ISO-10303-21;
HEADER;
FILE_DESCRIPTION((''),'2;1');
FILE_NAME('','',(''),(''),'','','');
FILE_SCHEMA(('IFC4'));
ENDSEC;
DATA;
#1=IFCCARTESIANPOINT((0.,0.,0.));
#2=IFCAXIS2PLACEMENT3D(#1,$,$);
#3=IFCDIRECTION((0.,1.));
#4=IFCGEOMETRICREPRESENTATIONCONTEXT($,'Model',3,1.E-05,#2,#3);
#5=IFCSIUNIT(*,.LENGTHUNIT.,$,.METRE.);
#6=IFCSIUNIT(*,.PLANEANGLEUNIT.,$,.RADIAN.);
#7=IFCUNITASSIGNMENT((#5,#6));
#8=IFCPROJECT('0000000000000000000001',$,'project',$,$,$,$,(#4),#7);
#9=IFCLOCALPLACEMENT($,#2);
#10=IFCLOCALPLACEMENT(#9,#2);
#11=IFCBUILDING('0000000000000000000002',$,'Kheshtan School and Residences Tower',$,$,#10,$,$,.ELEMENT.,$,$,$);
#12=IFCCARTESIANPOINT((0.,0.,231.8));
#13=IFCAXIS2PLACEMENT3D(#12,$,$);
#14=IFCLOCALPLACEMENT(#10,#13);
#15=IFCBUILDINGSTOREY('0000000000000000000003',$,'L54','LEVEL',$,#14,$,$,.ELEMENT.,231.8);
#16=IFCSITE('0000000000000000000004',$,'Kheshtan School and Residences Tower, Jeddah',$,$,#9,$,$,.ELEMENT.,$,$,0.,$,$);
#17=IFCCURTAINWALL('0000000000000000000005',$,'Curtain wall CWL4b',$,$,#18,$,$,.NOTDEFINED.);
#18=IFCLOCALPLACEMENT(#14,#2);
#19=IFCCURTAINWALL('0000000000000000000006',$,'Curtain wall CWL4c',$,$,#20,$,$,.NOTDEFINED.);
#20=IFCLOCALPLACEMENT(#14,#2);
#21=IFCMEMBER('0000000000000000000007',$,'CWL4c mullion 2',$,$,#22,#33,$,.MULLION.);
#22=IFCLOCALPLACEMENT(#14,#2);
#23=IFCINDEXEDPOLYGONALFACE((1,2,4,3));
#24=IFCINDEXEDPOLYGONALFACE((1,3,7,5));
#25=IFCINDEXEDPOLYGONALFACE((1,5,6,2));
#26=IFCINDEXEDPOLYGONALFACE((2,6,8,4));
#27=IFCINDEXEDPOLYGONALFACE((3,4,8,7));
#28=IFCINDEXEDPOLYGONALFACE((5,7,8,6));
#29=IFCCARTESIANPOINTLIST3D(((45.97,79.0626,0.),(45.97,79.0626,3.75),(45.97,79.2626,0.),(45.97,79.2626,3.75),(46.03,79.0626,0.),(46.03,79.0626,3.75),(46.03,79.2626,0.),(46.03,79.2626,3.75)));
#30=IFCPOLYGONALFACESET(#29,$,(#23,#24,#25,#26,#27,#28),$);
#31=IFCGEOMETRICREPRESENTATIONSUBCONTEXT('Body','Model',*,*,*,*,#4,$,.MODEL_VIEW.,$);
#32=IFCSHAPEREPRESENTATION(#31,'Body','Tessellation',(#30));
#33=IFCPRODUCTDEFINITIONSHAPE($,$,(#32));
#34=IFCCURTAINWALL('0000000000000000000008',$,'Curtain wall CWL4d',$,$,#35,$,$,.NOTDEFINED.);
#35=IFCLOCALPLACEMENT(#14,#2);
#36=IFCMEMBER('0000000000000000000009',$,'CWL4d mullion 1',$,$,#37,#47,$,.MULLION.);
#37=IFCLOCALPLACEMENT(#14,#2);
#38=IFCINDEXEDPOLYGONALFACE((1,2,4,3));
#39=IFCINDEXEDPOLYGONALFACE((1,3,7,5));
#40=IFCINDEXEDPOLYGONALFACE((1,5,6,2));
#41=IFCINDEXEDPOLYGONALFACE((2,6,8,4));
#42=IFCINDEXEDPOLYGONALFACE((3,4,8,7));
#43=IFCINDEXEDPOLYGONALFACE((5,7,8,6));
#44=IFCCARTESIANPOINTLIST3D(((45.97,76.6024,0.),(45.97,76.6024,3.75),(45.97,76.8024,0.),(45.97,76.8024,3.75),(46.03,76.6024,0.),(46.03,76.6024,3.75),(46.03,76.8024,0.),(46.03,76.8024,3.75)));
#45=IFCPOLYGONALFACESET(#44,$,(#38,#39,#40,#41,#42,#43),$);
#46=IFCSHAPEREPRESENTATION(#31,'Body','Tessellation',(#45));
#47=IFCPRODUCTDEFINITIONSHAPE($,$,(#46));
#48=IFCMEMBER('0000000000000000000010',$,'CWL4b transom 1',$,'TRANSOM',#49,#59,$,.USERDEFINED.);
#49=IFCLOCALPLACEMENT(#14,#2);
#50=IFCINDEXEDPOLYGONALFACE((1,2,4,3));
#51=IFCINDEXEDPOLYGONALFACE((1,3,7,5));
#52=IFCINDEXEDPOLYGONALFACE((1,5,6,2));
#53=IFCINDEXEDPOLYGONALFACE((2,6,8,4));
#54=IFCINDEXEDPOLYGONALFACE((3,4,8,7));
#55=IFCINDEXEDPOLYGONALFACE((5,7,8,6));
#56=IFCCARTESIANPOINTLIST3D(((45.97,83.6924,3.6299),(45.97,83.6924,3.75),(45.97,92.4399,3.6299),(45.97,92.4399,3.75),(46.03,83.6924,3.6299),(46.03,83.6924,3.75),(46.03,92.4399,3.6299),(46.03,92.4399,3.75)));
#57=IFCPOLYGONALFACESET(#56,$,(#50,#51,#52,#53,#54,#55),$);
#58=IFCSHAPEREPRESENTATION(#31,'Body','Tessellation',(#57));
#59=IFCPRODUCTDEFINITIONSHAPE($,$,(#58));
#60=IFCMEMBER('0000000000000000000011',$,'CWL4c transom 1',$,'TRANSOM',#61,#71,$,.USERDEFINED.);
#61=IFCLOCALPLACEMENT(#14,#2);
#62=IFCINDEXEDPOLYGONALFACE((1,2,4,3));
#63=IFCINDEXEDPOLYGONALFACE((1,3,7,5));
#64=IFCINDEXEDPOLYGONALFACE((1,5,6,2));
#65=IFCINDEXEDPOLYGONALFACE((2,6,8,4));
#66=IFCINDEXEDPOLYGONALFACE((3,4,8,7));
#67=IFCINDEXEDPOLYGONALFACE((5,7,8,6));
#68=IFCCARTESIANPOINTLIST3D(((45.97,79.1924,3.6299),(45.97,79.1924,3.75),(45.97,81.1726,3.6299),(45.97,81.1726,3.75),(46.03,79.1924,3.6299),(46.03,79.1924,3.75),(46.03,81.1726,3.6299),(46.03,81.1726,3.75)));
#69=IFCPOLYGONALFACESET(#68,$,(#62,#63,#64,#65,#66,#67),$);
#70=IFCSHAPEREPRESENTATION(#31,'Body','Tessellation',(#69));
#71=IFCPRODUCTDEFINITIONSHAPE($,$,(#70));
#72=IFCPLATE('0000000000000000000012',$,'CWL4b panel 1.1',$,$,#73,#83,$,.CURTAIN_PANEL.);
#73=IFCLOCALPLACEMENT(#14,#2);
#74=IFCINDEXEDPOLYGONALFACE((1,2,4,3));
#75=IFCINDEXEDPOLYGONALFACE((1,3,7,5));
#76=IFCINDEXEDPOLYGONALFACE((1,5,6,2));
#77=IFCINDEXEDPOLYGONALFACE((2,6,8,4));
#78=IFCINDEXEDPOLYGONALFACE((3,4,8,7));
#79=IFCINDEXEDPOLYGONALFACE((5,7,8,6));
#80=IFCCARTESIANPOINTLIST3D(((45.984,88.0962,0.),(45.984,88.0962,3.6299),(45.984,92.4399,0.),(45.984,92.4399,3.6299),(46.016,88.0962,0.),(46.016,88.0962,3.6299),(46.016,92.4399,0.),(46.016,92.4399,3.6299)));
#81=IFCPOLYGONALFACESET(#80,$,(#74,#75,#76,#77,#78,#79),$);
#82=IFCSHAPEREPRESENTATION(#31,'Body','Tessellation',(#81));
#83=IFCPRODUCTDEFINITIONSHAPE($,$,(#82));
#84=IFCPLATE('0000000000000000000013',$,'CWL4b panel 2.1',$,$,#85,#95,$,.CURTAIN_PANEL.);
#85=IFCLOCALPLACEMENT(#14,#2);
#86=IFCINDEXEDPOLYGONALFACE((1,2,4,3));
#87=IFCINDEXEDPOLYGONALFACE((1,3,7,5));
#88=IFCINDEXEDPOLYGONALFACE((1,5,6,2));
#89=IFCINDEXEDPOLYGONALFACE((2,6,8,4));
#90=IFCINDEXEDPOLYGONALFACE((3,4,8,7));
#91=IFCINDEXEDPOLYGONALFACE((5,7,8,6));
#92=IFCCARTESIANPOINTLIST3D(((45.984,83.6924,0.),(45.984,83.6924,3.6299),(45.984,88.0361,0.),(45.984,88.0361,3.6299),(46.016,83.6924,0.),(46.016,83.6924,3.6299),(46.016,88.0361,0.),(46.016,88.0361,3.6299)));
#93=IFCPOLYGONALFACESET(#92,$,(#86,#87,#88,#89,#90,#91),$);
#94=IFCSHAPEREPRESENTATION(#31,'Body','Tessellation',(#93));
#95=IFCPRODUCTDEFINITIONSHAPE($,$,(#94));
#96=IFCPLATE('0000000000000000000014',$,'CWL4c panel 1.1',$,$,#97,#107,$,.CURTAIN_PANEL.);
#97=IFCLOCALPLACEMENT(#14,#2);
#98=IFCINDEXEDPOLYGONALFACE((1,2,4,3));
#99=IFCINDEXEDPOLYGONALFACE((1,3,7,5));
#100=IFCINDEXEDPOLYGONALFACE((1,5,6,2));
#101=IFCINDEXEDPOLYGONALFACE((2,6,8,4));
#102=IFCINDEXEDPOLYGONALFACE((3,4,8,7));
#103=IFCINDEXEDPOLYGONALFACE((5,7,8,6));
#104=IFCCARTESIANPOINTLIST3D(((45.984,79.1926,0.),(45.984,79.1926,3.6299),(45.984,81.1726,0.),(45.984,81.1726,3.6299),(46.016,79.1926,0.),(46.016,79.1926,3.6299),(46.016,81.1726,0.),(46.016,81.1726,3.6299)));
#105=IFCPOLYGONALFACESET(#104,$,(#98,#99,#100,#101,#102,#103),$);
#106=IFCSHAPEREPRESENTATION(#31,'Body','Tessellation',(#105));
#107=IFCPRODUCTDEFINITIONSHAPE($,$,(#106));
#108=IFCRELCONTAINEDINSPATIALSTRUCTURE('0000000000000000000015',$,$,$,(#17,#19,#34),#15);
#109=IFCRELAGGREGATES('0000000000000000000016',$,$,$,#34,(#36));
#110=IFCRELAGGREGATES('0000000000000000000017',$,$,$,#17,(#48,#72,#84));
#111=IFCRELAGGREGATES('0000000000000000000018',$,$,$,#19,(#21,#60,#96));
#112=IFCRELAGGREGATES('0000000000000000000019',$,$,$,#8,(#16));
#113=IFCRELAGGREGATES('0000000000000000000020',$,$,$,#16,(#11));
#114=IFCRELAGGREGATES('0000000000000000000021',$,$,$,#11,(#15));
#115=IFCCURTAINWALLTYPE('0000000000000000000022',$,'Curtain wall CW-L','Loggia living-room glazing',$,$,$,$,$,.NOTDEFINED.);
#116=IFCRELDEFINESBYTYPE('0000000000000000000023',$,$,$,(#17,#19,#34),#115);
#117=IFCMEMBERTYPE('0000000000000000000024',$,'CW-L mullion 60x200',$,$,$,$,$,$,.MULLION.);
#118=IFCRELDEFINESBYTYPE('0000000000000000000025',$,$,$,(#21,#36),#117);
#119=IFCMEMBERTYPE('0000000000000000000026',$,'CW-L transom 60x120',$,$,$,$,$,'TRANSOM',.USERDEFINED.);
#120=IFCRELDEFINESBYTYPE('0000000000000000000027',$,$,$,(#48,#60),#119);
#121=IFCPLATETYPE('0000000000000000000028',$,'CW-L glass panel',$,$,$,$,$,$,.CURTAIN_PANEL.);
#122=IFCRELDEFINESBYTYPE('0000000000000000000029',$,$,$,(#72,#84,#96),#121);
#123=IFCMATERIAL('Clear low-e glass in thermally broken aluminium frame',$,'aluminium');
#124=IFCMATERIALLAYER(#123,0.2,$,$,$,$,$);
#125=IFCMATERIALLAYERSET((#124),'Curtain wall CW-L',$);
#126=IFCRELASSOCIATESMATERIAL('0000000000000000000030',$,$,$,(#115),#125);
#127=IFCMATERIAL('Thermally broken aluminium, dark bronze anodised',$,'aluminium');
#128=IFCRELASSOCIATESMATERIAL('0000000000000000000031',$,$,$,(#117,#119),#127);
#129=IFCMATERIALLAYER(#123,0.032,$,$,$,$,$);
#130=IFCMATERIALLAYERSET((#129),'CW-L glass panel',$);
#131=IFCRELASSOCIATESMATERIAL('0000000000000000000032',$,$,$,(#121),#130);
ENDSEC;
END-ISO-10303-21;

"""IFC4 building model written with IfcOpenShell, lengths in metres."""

from ifc_helpers import new_model, si_unit, direction, frame, origin, origin_2d, place, context, subcontext, project, spatial, rectangle, extrude, material, layer, layer_set, material_profile, profile_set, type_object, element, aggregate, save


model = new_model("IFC4")

# Units and contexts
model_context = context("Model", 3, precision=1e-05, world=origin(), true_north=direction((0.0, 1.0)))
body_context = subcontext(model_context, "Body", "Model", "MODEL_VIEW")
ifc_project = project(units=[si_unit("LENGTHUNIT", "METRE"), si_unit("PLANEANGLEUNIT", "RADIAN")], contexts=[model_context])

# Site, building, storey
site_placement = place(None, origin())
site = spatial("IfcSite", under=ifc_project, at=site_placement, Name="Kheshtan School and Residences Tower, Jeddah", CompositionType="ELEMENT", RefElevation=0.0)
building_placement = place(site_placement, origin())
building = spatial("IfcBuilding", under=site, at=building_placement, Name="Kheshtan School and Residences Tower", CompositionType="ELEMENT")
storey_placement = place(building_placement, frame((0.0, 0.0, 231.8)))
storey = spatial("IfcBuildingStorey", under=building, at=storey_placement, Name="L54", Description="LEVEL", CompositionType="ELEMENT", Elevation=231.8)

# Curtain walls, member
ifc_material_1 = material(Name="Clear low-e glass in thermally broken aluminium frame", Category="aluminium")
ifc_layer_1 = layer(ifc_material_1, 0.2)
ifc_layer_set_1 = layer_set([ifc_layer_1], Name="Curtain wall CW-L")
curtain_wall_type = type_object("IfcCurtainWallType", Name="Curtain wall CW-L", Description="Loggia living-room glazing", PredefinedType="NOTDEFINED", material=ifc_layer_set_1)
curtain_wall_1_placement = place(storey_placement, origin())
curtain_wall_1 = element("IfcCurtainWall", 1, at=curtain_wall_1_placement, inside=storey, type_object=curtain_wall_type, Name="Curtain wall CWL4b", PredefinedType="NOTDEFINED")
ifc_material_2 = material(Name="Thermally broken aluminium, dark bronze anodised", Category="aluminium")
ifc_material_profile_1 = material_profile(ifc_material_2, rectangle(XDim=0.0601, YDim=0.2, at=origin_2d()), Name="CW-L mullion 60x200")
ifc_profile_set_1 = profile_set([ifc_material_profile_1], Name="Thermally broken aluminium, dark bronze anodised")
member_type_1 = type_object("IfcMemberType", Name="CW-L mullion 60x200", PredefinedType="MULLION", material=ifc_profile_set_1)
curtain_wall_2_placement = place(storey_placement, origin())
curtain_wall_2 = element("IfcCurtainWall", 2, at=curtain_wall_2_placement, inside=storey, type_object=curtain_wall_type, Name="Curtain wall CWL4c", PredefinedType="NOTDEFINED")
member_1_placement = place(storey_placement, frame((46.0, 79.1626, 0.0), z_axis=(0.0, 0.0, 1.0), x_axis=(1.0, 0.0, 0.0)))
member_1 = element("IfcMember", 3, at=member_1_placement, type_object=member_type_1, Name="CWL4c mullion 2", PredefinedType="MULLION", context=body_context, shape_type="SweptSolid", body=[
    extrude(rectangle(XDim=0.0601, YDim=0.2, at=origin_2d()), origin(), (0.0, 0.0, 1.0), 3.75),
])

# Curtain wall, member
curtain_wall_3_placement = place(storey_placement, origin())
curtain_wall_3 = element("IfcCurtainWall", 4, at=curtain_wall_3_placement, inside=storey, type_object=curtain_wall_type, Name="Curtain wall CWL4d", PredefinedType="NOTDEFINED")
member_2_placement = place(storey_placement, frame((46.0, 76.7024, 0.0), z_axis=(0.0, 0.0, 1.0), x_axis=(1.0, 0.0, 0.0)))
member_2 = element("IfcMember", 5, at=member_2_placement, type_object=member_type_1, Name="CWL4d mullion 1", PredefinedType="MULLION", context=body_context, shape_type="SweptSolid", body=[
    extrude(rectangle(XDim=0.0601, YDim=0.2, at=origin_2d()), origin(), (0.0, 0.0, 1.0), 3.75),
])
aggregate(curtain_wall_3, [member_2])

# Members
ifc_material_profile_2 = material_profile(ifc_material_2, rectangle(XDim=0.0601, YDim=0.1201, at=origin_2d()), Name="CW-L transom 60x120")
ifc_profile_set_2 = profile_set([ifc_material_profile_2], Name="Thermally broken aluminium, dark bronze anodised")
member_type_2 = type_object("IfcMemberType", Name="CW-L transom 60x120", ElementType="TRANSOM", PredefinedType="USERDEFINED", material=ifc_profile_set_2)
member_3_placement = place(storey_placement, frame((46.0, 92.4399, 3.6899), z_axis=(0.0, -1.0, 0.0), x_axis=(1.0, 0.0, 0.0)))
member_3 = element("IfcMember", 6, at=member_3_placement, type_object=member_type_2, Name="CWL4b transom 1", ObjectType="TRANSOM", PredefinedType="USERDEFINED", context=body_context, shape_type="SweptSolid", body=[
    extrude(rectangle(XDim=0.0601, YDim=0.1201, at=origin_2d()), origin(), (0.0, 0.0, 1.0), 8.7476),
])
member_4_placement = place(storey_placement, frame((46.0, 81.1726, 3.6899), z_axis=(0.0, -1.0, 0.0), x_axis=(1.0, 0.0, 0.0)))
member_4 = element("IfcMember", 7, at=member_4_placement, type_object=member_type_2, Name="CWL4c transom 1", ObjectType="TRANSOM", PredefinedType="USERDEFINED", context=body_context, shape_type="SweptSolid", body=[
    extrude(rectangle(XDim=0.0601, YDim=0.1201, at=origin_2d()), origin(), (0.0, 0.0, 1.0), 1.9802),
])

# Plates
ifc_layer_2 = layer(ifc_material_1, 0.032)
ifc_layer_set_2 = layer_set([ifc_layer_2], Name="CW-L glass panel")
plate_type = type_object("IfcPlateType", Name="CW-L glass panel", PredefinedType="CURTAIN_PANEL", material=ifc_layer_set_2)
plate_1_placement = place(storey_placement, frame((46.0, 90.2681, 0.0), z_axis=(0.0, 0.0, 1.0), x_axis=(0.0, -1.0, 0.0)))
plate_1 = element("IfcPlate", 8, at=plate_1_placement, type_object=plate_type, Name="CWL4b panel 1.1", PredefinedType="CURTAIN_PANEL", context=body_context, shape_type="SweptSolid", body=[
    extrude(rectangle(XDim=4.3438, YDim=0.032, at=origin_2d()), origin(), (0.0, 0.0, 1.0), 3.6299),
])
plate_2_placement = place(storey_placement, frame((46.0, 85.8643, 0.0), z_axis=(0.0, 0.0, 1.0), x_axis=(0.0, -1.0, 0.0)))
plate_2 = element("IfcPlate", 9, at=plate_2_placement, type_object=plate_type, Name="CWL4b panel 2.1", PredefinedType="CURTAIN_PANEL", context=body_context, shape_type="SweptSolid", body=[
    extrude(rectangle(XDim=4.3438, YDim=0.032, at=origin_2d()), origin(), (0.0, 0.0, 1.0), 3.6299),
])
aggregate(curtain_wall_1, [member_3, plate_1, plate_2])
plate_3_placement = place(storey_placement, frame((46.0, 80.1826, 0.0), z_axis=(0.0, 0.0, 1.0), x_axis=(0.0, -1.0, 0.0)))
plate_3 = element("IfcPlate", 10, at=plate_3_placement, type_object=plate_type, Name="CWL4c panel 1.1", PredefinedType="CURTAIN_PANEL", context=body_context, shape_type="SweptSolid", body=[
    extrude(rectangle(XDim=1.98, YDim=0.032, at=origin_2d()), origin(), (0.0, 0.0, 1.0), 3.6299),
])
aggregate(curtain_wall_2, [member_1, member_4, plate_3])

save(model, "model.ifc")
